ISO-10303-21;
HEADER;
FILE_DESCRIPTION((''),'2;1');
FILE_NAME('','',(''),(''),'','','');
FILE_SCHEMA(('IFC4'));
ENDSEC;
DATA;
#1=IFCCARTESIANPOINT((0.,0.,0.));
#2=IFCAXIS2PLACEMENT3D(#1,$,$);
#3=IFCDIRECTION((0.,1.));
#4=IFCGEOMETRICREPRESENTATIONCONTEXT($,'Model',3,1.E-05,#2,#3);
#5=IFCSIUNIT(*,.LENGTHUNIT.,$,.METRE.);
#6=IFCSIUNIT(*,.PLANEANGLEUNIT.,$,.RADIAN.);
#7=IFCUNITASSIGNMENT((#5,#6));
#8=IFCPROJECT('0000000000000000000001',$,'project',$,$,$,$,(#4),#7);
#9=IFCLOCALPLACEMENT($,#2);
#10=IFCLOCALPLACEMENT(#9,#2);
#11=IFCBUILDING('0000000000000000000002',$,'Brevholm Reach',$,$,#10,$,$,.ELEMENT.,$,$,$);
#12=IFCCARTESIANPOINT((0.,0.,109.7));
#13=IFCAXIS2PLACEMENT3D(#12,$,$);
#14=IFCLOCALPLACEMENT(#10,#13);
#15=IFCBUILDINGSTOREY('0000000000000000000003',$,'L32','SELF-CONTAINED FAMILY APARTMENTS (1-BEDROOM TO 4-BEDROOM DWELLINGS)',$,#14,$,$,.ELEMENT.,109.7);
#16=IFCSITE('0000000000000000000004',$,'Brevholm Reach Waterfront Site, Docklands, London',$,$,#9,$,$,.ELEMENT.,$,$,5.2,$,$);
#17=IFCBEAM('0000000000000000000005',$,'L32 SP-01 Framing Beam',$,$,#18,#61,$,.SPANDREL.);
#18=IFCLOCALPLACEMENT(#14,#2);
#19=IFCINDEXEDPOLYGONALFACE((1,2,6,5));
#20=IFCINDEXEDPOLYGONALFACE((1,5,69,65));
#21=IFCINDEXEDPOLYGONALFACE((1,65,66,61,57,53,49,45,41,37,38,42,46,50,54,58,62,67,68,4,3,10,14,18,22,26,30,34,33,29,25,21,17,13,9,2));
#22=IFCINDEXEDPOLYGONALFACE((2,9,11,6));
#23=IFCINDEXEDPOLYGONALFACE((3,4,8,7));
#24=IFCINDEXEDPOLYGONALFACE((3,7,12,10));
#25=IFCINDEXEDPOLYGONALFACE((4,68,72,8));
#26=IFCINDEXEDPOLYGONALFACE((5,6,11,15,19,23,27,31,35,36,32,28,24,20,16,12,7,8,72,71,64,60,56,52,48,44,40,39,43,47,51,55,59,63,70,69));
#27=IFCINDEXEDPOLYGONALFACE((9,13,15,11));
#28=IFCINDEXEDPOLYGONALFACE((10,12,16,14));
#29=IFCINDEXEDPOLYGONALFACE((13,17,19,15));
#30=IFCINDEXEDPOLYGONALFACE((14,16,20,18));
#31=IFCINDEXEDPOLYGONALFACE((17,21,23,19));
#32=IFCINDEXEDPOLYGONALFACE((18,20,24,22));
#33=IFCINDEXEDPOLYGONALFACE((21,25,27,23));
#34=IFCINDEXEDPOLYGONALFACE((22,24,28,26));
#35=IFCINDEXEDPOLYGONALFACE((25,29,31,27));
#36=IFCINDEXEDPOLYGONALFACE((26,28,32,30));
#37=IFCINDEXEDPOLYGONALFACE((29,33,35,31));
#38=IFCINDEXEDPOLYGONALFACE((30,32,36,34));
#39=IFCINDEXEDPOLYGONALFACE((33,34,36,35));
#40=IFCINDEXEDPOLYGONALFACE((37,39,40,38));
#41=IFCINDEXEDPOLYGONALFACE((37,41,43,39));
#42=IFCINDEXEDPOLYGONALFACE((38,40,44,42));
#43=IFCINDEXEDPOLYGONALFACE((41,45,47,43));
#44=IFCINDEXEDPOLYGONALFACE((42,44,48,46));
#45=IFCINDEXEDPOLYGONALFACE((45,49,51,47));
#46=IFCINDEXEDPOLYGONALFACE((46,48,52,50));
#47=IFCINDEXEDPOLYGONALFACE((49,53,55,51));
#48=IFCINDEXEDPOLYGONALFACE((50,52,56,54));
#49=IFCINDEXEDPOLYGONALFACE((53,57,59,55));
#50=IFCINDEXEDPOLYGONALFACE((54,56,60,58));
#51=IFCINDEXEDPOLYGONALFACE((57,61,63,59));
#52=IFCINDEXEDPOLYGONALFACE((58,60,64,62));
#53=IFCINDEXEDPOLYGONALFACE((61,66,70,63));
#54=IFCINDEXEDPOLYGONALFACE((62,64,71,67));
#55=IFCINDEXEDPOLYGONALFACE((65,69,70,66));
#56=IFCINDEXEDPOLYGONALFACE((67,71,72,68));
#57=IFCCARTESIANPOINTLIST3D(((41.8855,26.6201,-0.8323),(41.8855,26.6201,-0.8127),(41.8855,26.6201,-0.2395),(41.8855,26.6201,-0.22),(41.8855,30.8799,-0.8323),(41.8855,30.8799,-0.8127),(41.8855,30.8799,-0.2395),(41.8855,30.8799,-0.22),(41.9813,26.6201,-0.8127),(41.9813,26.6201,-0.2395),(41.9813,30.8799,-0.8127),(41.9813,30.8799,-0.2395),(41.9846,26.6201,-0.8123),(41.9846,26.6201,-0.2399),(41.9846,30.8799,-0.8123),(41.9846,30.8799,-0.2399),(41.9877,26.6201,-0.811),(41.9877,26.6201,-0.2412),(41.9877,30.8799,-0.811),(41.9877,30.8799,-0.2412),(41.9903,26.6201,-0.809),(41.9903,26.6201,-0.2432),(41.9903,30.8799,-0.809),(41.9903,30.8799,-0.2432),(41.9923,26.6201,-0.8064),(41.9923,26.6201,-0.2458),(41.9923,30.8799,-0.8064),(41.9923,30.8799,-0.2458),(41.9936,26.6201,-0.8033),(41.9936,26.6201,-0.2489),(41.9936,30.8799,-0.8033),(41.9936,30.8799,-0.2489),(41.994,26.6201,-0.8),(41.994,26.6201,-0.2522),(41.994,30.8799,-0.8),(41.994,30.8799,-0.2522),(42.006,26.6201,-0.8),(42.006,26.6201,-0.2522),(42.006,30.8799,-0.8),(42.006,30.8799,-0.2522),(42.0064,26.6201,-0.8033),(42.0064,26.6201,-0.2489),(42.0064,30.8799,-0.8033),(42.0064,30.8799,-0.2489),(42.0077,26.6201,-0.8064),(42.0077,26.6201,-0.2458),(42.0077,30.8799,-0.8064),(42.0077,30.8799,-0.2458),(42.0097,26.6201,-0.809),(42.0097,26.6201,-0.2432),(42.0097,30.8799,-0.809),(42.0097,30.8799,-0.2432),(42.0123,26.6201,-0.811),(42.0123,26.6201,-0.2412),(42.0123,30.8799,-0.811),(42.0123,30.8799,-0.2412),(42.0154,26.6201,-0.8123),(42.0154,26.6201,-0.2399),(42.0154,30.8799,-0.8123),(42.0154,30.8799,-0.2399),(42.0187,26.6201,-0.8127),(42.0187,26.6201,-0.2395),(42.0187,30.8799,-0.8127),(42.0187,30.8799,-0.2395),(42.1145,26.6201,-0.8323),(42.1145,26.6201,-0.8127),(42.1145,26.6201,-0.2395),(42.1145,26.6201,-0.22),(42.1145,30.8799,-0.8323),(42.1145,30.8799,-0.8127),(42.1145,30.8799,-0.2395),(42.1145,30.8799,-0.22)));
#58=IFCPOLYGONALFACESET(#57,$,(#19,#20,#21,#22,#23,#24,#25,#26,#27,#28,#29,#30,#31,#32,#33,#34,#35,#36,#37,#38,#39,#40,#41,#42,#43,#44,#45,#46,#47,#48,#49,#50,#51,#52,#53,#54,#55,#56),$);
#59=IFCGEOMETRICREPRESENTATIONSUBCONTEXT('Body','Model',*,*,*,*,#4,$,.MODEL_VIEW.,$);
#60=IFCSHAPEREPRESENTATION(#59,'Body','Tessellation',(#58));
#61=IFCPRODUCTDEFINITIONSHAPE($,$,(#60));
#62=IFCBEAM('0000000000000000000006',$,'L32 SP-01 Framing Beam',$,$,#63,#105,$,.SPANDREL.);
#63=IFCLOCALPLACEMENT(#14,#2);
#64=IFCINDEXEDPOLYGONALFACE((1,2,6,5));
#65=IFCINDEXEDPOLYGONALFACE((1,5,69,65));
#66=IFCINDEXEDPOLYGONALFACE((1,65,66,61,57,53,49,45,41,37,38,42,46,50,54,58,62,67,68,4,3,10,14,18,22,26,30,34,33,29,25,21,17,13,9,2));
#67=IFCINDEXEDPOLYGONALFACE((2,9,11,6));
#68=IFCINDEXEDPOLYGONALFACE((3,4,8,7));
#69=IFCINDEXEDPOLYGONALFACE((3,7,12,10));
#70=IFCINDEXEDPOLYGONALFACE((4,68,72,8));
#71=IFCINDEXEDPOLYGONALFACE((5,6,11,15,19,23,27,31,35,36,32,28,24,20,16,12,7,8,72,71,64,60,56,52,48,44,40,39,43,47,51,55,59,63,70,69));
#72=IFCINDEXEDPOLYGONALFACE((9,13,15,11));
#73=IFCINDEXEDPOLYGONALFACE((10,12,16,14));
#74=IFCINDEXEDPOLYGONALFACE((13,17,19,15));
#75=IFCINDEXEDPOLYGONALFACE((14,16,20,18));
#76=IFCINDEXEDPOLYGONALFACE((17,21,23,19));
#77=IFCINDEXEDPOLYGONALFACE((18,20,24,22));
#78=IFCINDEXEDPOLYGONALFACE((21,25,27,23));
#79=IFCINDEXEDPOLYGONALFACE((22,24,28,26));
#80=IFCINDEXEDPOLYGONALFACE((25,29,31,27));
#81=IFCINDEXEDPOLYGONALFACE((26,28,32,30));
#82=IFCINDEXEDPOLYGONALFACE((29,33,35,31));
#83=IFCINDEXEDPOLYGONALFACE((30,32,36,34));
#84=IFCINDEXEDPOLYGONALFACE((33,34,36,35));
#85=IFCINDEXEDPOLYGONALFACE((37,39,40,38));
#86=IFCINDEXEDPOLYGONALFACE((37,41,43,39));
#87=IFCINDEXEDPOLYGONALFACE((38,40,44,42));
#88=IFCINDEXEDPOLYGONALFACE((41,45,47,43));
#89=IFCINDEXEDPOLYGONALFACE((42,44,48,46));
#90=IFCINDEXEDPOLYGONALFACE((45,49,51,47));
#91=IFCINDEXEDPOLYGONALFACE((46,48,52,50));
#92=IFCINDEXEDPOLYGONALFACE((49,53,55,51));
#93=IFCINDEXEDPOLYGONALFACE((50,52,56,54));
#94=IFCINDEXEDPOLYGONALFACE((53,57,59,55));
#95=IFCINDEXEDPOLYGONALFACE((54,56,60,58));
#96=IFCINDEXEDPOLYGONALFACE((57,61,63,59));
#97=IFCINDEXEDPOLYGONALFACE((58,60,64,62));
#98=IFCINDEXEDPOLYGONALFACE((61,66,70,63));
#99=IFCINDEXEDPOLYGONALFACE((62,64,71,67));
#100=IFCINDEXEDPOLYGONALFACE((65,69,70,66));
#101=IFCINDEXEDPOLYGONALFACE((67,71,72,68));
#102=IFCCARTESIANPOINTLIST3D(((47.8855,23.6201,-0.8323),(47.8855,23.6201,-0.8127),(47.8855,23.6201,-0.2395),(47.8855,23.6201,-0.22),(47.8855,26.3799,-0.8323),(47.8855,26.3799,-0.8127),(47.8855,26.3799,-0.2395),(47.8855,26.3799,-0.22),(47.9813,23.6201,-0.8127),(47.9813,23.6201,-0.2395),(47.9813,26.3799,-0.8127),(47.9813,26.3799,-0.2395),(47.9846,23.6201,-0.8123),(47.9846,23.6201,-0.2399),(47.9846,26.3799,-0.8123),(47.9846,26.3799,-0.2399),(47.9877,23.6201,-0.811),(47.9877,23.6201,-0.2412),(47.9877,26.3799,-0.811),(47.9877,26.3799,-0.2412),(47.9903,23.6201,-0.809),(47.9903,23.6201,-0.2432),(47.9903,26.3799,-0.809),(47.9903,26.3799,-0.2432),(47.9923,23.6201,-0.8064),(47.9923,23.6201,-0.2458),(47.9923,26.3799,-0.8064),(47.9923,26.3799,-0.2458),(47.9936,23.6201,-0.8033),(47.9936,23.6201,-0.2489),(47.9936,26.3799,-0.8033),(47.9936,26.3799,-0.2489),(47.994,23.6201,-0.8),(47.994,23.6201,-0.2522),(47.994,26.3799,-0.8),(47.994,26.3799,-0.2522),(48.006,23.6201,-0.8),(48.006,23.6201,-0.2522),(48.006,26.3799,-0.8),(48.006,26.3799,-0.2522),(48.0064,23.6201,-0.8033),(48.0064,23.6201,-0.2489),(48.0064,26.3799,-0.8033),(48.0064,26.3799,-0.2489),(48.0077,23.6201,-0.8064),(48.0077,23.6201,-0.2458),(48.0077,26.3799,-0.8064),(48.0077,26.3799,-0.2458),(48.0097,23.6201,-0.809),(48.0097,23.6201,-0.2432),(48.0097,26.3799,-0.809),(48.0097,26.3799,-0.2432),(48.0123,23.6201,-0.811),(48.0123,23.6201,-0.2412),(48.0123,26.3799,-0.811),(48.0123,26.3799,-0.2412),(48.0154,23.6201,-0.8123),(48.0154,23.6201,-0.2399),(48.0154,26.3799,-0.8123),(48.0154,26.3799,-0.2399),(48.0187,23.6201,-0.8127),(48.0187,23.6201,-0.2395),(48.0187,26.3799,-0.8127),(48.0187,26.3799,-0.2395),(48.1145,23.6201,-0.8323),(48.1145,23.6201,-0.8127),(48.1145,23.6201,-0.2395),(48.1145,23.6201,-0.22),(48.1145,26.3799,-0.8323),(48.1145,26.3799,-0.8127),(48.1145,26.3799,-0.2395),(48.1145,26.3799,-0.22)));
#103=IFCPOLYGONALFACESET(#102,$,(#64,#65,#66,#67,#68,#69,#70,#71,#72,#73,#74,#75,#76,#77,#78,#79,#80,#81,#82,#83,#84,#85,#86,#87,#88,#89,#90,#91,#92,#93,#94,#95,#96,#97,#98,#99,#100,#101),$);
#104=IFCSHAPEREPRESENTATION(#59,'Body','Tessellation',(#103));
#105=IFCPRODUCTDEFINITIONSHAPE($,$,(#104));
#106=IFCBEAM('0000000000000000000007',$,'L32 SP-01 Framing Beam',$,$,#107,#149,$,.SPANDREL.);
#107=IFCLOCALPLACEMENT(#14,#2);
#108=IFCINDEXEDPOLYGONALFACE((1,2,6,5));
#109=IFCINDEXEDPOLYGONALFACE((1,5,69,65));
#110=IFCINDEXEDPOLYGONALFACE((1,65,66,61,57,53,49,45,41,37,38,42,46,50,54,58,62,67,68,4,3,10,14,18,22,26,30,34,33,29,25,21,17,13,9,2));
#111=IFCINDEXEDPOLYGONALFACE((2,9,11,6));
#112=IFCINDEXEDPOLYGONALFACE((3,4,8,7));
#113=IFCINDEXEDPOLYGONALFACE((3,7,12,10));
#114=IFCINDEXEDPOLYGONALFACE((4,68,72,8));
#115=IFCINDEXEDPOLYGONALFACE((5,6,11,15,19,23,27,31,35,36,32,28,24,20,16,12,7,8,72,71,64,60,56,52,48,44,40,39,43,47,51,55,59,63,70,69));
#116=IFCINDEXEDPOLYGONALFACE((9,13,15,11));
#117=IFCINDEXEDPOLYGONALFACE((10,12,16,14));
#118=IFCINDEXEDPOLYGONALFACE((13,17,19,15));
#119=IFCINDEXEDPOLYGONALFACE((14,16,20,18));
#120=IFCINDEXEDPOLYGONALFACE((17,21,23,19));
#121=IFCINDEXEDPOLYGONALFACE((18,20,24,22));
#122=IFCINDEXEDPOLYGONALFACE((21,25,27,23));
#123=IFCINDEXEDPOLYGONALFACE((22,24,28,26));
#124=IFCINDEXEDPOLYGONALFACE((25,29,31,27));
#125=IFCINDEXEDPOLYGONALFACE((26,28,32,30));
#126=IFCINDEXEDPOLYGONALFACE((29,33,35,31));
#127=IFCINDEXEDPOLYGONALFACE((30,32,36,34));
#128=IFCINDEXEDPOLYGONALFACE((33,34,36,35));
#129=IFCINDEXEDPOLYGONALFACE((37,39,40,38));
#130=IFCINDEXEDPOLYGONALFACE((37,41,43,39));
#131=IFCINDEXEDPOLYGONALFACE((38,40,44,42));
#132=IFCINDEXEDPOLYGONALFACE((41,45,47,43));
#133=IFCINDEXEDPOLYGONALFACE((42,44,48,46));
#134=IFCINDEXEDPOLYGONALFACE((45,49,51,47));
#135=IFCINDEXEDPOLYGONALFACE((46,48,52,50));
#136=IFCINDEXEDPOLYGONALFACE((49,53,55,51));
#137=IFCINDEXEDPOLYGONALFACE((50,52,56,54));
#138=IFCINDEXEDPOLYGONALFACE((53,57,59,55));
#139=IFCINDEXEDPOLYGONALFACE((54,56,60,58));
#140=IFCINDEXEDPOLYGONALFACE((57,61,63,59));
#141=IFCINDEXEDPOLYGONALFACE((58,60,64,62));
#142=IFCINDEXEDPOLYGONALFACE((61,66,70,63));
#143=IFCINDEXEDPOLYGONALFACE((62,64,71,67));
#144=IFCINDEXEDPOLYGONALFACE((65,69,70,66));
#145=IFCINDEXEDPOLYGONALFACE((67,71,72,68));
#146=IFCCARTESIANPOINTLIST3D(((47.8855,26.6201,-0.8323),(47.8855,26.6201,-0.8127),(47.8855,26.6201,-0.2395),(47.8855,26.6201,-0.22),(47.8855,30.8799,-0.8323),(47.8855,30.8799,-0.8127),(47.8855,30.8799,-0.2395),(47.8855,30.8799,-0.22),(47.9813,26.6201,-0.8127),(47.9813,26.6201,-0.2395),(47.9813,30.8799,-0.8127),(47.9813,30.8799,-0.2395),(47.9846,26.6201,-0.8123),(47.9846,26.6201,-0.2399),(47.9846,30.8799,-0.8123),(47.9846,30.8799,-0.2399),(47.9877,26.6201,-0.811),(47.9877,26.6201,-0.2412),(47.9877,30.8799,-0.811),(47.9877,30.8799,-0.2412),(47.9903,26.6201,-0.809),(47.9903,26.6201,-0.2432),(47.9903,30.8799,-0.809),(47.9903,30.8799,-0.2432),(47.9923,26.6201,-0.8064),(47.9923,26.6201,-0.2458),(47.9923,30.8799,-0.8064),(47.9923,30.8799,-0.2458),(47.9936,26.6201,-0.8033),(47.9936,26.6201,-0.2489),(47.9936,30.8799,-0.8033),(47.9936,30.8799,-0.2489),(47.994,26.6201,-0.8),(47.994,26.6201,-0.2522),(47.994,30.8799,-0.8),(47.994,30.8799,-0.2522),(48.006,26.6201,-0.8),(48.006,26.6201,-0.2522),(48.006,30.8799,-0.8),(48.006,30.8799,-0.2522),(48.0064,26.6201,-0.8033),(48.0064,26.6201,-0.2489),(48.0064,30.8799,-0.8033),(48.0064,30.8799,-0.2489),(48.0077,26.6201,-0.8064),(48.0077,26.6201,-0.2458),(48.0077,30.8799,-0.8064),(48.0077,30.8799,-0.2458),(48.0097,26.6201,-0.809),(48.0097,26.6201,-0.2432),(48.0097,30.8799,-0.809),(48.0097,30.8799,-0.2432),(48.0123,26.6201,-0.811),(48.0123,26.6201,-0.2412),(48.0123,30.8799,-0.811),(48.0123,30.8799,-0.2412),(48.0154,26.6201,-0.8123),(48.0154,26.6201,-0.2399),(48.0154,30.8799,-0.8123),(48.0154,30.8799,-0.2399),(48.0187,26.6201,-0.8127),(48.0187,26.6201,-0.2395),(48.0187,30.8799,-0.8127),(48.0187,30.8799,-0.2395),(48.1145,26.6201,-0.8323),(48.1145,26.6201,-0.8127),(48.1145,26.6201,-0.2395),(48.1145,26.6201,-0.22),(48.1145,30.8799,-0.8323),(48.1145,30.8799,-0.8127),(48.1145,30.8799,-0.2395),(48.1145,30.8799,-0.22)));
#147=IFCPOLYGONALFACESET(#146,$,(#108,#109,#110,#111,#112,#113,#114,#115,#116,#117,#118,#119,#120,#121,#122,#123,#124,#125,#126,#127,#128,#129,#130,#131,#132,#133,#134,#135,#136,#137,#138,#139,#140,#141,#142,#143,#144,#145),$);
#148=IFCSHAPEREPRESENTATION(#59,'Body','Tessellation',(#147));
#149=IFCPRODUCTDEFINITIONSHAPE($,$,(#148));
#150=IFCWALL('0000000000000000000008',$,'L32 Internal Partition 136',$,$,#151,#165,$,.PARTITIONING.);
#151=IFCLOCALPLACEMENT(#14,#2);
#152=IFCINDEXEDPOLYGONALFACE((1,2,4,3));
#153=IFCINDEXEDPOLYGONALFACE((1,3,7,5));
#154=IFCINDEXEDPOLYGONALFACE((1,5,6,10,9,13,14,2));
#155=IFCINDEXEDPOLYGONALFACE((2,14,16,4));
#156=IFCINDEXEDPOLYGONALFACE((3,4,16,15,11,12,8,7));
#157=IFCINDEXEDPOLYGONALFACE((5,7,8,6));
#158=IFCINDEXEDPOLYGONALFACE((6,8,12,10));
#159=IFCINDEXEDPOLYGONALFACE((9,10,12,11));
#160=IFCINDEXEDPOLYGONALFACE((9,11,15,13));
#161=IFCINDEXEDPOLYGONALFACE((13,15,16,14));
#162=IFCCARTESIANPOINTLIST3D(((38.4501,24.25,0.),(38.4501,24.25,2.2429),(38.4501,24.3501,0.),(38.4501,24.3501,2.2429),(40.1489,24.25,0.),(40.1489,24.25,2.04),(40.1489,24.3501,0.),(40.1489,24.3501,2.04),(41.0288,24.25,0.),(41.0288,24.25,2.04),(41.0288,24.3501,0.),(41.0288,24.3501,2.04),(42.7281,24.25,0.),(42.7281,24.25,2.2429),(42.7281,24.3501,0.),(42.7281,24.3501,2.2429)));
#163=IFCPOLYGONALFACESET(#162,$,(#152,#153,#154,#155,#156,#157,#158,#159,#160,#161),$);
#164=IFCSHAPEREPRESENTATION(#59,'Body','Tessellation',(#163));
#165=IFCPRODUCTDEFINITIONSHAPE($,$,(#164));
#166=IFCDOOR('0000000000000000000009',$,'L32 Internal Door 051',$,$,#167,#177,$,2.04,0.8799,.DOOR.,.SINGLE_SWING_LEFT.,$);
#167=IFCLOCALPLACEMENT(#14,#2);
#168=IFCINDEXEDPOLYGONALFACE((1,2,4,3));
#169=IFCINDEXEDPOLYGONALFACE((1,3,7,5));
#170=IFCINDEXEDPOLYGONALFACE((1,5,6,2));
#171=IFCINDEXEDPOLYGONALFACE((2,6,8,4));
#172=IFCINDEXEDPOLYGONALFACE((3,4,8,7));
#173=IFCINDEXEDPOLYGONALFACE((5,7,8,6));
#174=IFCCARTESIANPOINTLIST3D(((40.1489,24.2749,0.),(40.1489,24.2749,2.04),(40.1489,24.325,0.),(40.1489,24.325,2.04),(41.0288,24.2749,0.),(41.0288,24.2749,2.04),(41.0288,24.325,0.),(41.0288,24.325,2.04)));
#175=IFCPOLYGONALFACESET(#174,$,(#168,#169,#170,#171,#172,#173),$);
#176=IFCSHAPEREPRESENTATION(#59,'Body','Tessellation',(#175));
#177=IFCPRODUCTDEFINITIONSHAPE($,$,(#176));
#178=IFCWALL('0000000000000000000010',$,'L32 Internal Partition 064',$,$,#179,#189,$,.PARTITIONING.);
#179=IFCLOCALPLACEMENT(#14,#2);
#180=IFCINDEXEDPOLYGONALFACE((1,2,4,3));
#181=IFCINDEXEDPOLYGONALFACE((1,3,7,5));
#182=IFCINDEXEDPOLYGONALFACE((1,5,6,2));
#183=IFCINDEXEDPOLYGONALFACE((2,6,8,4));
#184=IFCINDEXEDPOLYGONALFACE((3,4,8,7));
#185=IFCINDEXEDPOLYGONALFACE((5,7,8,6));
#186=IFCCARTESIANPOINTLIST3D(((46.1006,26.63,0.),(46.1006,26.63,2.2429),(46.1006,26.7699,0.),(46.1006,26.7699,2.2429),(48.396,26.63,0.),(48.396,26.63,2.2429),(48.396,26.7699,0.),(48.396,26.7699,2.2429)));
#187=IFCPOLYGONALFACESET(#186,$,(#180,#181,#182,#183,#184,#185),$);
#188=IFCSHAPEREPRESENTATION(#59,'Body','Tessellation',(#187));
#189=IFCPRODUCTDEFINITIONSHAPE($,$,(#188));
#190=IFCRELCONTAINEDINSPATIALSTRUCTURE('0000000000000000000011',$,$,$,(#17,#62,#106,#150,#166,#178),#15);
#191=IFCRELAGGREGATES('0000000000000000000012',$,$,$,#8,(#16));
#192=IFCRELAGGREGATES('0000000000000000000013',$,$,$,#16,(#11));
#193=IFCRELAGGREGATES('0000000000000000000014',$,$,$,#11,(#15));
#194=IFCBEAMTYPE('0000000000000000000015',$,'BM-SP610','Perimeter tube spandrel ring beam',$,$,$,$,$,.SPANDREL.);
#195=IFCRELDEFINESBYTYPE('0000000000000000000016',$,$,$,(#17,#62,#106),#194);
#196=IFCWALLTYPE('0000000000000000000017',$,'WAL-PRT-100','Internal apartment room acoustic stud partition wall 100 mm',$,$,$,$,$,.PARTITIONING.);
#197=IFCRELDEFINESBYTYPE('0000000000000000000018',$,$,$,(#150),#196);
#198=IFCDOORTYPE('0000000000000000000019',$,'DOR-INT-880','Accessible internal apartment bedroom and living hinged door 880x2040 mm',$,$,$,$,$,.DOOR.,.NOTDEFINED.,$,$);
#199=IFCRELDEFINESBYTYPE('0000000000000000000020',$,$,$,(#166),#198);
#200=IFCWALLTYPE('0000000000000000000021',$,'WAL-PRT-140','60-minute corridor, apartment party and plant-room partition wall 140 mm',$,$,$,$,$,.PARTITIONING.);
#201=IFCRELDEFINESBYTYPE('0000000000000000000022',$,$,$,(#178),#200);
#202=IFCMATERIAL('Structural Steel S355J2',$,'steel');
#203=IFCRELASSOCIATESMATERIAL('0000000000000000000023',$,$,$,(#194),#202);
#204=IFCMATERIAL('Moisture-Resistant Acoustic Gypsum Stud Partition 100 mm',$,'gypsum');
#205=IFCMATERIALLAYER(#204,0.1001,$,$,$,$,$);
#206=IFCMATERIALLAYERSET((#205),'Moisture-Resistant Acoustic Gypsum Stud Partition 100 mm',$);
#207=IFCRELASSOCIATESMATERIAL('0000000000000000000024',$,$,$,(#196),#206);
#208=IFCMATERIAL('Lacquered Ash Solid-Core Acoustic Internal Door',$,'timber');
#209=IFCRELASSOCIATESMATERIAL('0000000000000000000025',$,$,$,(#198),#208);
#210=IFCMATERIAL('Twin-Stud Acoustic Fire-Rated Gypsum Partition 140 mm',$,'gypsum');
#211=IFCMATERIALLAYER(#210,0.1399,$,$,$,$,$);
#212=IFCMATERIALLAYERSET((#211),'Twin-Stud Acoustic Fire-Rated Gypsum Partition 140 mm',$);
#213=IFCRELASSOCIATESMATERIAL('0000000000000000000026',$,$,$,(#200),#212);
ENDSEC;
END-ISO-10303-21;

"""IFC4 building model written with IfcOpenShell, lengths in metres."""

from ifc_helpers import new_model, si_unit, direction, frame, frame_2d, origin, origin_2d, place, context, subcontext, project, spatial, rectangle, i_section, extrude, material, layer, layer_set, material_profile, profile_set, type_object, element, fill, save


model = new_model("IFC4")

# Units and contexts
model_context = context("Model", 3, precision=1e-05, world=origin(), true_north=direction((0.0, 1.0)))
body_context = subcontext(model_context, "Body", "Model", "MODEL_VIEW")
ifc_project = project(units=[si_unit("LENGTHUNIT", "METRE"), si_unit("PLANEANGLEUNIT", "RADIAN")], contexts=[model_context])

# Site, building, storey
site_placement = place(None, origin())
site = spatial("IfcSite", under=ifc_project, at=site_placement, Name="Brevholm Reach Waterfront Site, Docklands, London", CompositionType="ELEMENT", RefElevation=5.2)
building_placement = place(site_placement, origin())
building = spatial("IfcBuilding", under=site, at=building_placement, Name="Brevholm Reach", CompositionType="ELEMENT")
storey_placement = place(building_placement, frame((0.0, 0.0, 109.7)))
storey = spatial("IfcBuildingStorey", under=building, at=storey_placement, Name="L32", Description="SELF-CONTAINED FAMILY APARTMENTS (1-BEDROOM TO 4-BEDROOM DWELLINGS)", CompositionType="ELEMENT", Elevation=109.7)

# Beams
ifc_material_1 = material(Name="Structural Steel S355J2", Category="steel")
ifc_material_profile_1 = material_profile(ifc_material_1, i_section(OverallWidth=0.229, OverallDepth=0.6123, WebThickness=0.012, FlangeThickness=0.0195, FilletRadius=0.0127, at=origin_2d()), Name="UKB 610x229x125")
ifc_profile_set_1 = profile_set([ifc_material_profile_1], Name="Structural Steel S355J2")
beam_type_1 = type_object("IfcBeamType", Name="BM-SP610", Description="Perimeter tube spandrel ring beam", PredefinedType="SPANDREL", material=ifc_profile_set_1)
beam_1_placement = place(storey_placement, frame((42.0, 26.6201, -0.5261), z_axis=(0.0, 1.0, 0.0), x_axis=(-1.0, 0.0, 0.0)))
element("IfcBeam", 1, at=beam_1_placement, inside=storey, type_object=beam_type_1, Name="L32 SP-01 Framing Beam", PredefinedType="SPANDREL", context=body_context, shape_type="SweptSolid", body=[
    extrude(i_section(OverallWidth=0.229, OverallDepth=0.6123, WebThickness=0.012, FlangeThickness=0.0195, FilletRadius=0.0127, at=origin_2d()), origin(), (0.0, 0.0, 1.0), 4.2598),
])
beam_2_placement = place(storey_placement, frame((48.0, 23.6201, -0.5261), z_axis=(0.0, 1.0, 0.0), x_axis=(-1.0, 0.0, 0.0)))
element("IfcBeam", 2, at=beam_2_placement, inside=storey, type_object=beam_type_1, Name="L32 SP-01 Framing Beam", PredefinedType="SPANDREL", context=body_context, shape_type="SweptSolid", body=[
    extrude(i_section(OverallWidth=0.229, OverallDepth=0.6123, WebThickness=0.012, FlangeThickness=0.0195, FilletRadius=0.0127, at=origin_2d()), origin(), (0.0, 0.0, 1.0), 2.7598),
])
beam_3_placement = place(storey_placement, frame((48.0, 26.6201, -0.5261), z_axis=(0.0, 1.0, 0.0), x_axis=(-1.0, 0.0, 0.0)))
element("IfcBeam", 3, at=beam_3_placement, inside=storey, type_object=beam_type_1, Name="L32 SP-01 Framing Beam", PredefinedType="SPANDREL", context=body_context, shape_type="SweptSolid", body=[
    extrude(i_section(OverallWidth=0.229, OverallDepth=0.6123, WebThickness=0.012, FlangeThickness=0.0195, FilletRadius=0.0127, at=origin_2d()), origin(), (0.0, 0.0, 1.0), 4.2598),
])

# Wall, opening, door
ifc_material_2 = material(Name="Moisture-Resistant Acoustic Gypsum Stud Partition 100 mm", Category="gypsum")
ifc_layer_1 = layer(ifc_material_2, 0.1001)
ifc_layer_set_1 = layer_set([ifc_layer_1], Name="Moisture-Resistant Acoustic Gypsum Stud Partition 100 mm")
wall_type_1 = type_object("IfcWallType", Name="WAL-PRT-100", Description="Internal apartment room acoustic stud partition wall 100 mm", PredefinedType="PARTITIONING", material=ifc_layer_set_1)
wall_1_placement = place(storey_placement, frame((38.45, 24.3, 0.0), z_axis=(0.0, 0.0, 1.0), x_axis=(1.0, 0.0, 0.0)))
wall_1 = element("IfcWall", 4, at=wall_1_placement, inside=storey, type_object=wall_type_1, Name="L32 Internal Partition 136", PredefinedType="PARTITIONING", context=body_context, shape_type="SweptSolid", body=[
    extrude(rectangle(XDim=4.2781, YDim=0.1001, at=frame_2d((2.1392, 0.0))), origin(), (0.0, 0.0, 1.0), 2.2429),
])
opening_placement = place(wall_1_placement, frame((1.699, 0.0, 0.0)))
opening = element("IfcOpeningElement", 5, at=opening_placement, cuts=wall_1, PredefinedType="OPENING", context=body_context, shape_type="SweptSolid", body=[
    extrude(rectangle(XDim=0.8799, YDim=2.04, at=frame_2d((0.4399, 1.02))), frame((0.0, 0.0601, 0.0), z_axis=(0.0, -1.0, 0.0), x_axis=(1.0, 0.0, 0.0)), (0.0, 0.0, 1.0), 0.1201),
])
ifc_material_3 = material(Name="Lacquered Ash Solid-Core Acoustic Internal Door", Category="timber")
door_type = type_object("IfcDoorType", Name="DOR-INT-880", Description="Accessible internal apartment bedroom and living hinged door 880x2040 mm", OperationType="NOTDEFINED", PredefinedType="DOOR", material=ifc_material_3)
door_placement = place(opening_placement, origin())
door = element("IfcDoor", 6, at=door_placement, inside=storey, type_object=door_type, Name="L32 Internal Door 051", OperationType="SINGLE_SWING_LEFT", OverallHeight=2.04, OverallWidth=0.8799, PredefinedType="DOOR", context=body_context, shape_type="SweptSolid", body=[
    extrude(rectangle(XDim=0.8799, YDim=2.04, at=frame_2d((0.4399, 1.02))), frame((0.0, 0.0249, 0.0), z_axis=(0.0, -1.0, 0.0), x_axis=(1.0, 0.0, 0.0)), (0.0, 0.0, 1.0), 0.05),
])
fill(opening, door)

# Wall
ifc_material_4 = material(Name="Twin-Stud Acoustic Fire-Rated Gypsum Partition 140 mm", Category="gypsum")
ifc_layer_2 = layer(ifc_material_4, 0.1399)
ifc_layer_set_2 = layer_set([ifc_layer_2], Name="Twin-Stud Acoustic Fire-Rated Gypsum Partition 140 mm")
wall_type_2 = type_object("IfcWallType", Name="WAL-PRT-140", Description="60-minute corridor, apartment party and plant-room partition wall 140 mm", PredefinedType="PARTITIONING", material=ifc_layer_set_2)
wall_2_placement = place(storey_placement, frame((46.1006, 26.7, 0.0), z_axis=(0.0, 0.0, 1.0), x_axis=(1.0, 0.0, 0.0)))
element("IfcWall", 7, at=wall_2_placement, inside=storey, type_object=wall_type_2, Name="L32 Internal Partition 064", PredefinedType="PARTITIONING", context=body_context, shape_type="SweptSolid", body=[
    extrude(rectangle(XDim=2.2954, YDim=0.1399, at=frame_2d((1.1477, 0.0))), origin(), (0.0, 0.0, 1.0), 2.2429),
])

save(model, "model.ifc")
